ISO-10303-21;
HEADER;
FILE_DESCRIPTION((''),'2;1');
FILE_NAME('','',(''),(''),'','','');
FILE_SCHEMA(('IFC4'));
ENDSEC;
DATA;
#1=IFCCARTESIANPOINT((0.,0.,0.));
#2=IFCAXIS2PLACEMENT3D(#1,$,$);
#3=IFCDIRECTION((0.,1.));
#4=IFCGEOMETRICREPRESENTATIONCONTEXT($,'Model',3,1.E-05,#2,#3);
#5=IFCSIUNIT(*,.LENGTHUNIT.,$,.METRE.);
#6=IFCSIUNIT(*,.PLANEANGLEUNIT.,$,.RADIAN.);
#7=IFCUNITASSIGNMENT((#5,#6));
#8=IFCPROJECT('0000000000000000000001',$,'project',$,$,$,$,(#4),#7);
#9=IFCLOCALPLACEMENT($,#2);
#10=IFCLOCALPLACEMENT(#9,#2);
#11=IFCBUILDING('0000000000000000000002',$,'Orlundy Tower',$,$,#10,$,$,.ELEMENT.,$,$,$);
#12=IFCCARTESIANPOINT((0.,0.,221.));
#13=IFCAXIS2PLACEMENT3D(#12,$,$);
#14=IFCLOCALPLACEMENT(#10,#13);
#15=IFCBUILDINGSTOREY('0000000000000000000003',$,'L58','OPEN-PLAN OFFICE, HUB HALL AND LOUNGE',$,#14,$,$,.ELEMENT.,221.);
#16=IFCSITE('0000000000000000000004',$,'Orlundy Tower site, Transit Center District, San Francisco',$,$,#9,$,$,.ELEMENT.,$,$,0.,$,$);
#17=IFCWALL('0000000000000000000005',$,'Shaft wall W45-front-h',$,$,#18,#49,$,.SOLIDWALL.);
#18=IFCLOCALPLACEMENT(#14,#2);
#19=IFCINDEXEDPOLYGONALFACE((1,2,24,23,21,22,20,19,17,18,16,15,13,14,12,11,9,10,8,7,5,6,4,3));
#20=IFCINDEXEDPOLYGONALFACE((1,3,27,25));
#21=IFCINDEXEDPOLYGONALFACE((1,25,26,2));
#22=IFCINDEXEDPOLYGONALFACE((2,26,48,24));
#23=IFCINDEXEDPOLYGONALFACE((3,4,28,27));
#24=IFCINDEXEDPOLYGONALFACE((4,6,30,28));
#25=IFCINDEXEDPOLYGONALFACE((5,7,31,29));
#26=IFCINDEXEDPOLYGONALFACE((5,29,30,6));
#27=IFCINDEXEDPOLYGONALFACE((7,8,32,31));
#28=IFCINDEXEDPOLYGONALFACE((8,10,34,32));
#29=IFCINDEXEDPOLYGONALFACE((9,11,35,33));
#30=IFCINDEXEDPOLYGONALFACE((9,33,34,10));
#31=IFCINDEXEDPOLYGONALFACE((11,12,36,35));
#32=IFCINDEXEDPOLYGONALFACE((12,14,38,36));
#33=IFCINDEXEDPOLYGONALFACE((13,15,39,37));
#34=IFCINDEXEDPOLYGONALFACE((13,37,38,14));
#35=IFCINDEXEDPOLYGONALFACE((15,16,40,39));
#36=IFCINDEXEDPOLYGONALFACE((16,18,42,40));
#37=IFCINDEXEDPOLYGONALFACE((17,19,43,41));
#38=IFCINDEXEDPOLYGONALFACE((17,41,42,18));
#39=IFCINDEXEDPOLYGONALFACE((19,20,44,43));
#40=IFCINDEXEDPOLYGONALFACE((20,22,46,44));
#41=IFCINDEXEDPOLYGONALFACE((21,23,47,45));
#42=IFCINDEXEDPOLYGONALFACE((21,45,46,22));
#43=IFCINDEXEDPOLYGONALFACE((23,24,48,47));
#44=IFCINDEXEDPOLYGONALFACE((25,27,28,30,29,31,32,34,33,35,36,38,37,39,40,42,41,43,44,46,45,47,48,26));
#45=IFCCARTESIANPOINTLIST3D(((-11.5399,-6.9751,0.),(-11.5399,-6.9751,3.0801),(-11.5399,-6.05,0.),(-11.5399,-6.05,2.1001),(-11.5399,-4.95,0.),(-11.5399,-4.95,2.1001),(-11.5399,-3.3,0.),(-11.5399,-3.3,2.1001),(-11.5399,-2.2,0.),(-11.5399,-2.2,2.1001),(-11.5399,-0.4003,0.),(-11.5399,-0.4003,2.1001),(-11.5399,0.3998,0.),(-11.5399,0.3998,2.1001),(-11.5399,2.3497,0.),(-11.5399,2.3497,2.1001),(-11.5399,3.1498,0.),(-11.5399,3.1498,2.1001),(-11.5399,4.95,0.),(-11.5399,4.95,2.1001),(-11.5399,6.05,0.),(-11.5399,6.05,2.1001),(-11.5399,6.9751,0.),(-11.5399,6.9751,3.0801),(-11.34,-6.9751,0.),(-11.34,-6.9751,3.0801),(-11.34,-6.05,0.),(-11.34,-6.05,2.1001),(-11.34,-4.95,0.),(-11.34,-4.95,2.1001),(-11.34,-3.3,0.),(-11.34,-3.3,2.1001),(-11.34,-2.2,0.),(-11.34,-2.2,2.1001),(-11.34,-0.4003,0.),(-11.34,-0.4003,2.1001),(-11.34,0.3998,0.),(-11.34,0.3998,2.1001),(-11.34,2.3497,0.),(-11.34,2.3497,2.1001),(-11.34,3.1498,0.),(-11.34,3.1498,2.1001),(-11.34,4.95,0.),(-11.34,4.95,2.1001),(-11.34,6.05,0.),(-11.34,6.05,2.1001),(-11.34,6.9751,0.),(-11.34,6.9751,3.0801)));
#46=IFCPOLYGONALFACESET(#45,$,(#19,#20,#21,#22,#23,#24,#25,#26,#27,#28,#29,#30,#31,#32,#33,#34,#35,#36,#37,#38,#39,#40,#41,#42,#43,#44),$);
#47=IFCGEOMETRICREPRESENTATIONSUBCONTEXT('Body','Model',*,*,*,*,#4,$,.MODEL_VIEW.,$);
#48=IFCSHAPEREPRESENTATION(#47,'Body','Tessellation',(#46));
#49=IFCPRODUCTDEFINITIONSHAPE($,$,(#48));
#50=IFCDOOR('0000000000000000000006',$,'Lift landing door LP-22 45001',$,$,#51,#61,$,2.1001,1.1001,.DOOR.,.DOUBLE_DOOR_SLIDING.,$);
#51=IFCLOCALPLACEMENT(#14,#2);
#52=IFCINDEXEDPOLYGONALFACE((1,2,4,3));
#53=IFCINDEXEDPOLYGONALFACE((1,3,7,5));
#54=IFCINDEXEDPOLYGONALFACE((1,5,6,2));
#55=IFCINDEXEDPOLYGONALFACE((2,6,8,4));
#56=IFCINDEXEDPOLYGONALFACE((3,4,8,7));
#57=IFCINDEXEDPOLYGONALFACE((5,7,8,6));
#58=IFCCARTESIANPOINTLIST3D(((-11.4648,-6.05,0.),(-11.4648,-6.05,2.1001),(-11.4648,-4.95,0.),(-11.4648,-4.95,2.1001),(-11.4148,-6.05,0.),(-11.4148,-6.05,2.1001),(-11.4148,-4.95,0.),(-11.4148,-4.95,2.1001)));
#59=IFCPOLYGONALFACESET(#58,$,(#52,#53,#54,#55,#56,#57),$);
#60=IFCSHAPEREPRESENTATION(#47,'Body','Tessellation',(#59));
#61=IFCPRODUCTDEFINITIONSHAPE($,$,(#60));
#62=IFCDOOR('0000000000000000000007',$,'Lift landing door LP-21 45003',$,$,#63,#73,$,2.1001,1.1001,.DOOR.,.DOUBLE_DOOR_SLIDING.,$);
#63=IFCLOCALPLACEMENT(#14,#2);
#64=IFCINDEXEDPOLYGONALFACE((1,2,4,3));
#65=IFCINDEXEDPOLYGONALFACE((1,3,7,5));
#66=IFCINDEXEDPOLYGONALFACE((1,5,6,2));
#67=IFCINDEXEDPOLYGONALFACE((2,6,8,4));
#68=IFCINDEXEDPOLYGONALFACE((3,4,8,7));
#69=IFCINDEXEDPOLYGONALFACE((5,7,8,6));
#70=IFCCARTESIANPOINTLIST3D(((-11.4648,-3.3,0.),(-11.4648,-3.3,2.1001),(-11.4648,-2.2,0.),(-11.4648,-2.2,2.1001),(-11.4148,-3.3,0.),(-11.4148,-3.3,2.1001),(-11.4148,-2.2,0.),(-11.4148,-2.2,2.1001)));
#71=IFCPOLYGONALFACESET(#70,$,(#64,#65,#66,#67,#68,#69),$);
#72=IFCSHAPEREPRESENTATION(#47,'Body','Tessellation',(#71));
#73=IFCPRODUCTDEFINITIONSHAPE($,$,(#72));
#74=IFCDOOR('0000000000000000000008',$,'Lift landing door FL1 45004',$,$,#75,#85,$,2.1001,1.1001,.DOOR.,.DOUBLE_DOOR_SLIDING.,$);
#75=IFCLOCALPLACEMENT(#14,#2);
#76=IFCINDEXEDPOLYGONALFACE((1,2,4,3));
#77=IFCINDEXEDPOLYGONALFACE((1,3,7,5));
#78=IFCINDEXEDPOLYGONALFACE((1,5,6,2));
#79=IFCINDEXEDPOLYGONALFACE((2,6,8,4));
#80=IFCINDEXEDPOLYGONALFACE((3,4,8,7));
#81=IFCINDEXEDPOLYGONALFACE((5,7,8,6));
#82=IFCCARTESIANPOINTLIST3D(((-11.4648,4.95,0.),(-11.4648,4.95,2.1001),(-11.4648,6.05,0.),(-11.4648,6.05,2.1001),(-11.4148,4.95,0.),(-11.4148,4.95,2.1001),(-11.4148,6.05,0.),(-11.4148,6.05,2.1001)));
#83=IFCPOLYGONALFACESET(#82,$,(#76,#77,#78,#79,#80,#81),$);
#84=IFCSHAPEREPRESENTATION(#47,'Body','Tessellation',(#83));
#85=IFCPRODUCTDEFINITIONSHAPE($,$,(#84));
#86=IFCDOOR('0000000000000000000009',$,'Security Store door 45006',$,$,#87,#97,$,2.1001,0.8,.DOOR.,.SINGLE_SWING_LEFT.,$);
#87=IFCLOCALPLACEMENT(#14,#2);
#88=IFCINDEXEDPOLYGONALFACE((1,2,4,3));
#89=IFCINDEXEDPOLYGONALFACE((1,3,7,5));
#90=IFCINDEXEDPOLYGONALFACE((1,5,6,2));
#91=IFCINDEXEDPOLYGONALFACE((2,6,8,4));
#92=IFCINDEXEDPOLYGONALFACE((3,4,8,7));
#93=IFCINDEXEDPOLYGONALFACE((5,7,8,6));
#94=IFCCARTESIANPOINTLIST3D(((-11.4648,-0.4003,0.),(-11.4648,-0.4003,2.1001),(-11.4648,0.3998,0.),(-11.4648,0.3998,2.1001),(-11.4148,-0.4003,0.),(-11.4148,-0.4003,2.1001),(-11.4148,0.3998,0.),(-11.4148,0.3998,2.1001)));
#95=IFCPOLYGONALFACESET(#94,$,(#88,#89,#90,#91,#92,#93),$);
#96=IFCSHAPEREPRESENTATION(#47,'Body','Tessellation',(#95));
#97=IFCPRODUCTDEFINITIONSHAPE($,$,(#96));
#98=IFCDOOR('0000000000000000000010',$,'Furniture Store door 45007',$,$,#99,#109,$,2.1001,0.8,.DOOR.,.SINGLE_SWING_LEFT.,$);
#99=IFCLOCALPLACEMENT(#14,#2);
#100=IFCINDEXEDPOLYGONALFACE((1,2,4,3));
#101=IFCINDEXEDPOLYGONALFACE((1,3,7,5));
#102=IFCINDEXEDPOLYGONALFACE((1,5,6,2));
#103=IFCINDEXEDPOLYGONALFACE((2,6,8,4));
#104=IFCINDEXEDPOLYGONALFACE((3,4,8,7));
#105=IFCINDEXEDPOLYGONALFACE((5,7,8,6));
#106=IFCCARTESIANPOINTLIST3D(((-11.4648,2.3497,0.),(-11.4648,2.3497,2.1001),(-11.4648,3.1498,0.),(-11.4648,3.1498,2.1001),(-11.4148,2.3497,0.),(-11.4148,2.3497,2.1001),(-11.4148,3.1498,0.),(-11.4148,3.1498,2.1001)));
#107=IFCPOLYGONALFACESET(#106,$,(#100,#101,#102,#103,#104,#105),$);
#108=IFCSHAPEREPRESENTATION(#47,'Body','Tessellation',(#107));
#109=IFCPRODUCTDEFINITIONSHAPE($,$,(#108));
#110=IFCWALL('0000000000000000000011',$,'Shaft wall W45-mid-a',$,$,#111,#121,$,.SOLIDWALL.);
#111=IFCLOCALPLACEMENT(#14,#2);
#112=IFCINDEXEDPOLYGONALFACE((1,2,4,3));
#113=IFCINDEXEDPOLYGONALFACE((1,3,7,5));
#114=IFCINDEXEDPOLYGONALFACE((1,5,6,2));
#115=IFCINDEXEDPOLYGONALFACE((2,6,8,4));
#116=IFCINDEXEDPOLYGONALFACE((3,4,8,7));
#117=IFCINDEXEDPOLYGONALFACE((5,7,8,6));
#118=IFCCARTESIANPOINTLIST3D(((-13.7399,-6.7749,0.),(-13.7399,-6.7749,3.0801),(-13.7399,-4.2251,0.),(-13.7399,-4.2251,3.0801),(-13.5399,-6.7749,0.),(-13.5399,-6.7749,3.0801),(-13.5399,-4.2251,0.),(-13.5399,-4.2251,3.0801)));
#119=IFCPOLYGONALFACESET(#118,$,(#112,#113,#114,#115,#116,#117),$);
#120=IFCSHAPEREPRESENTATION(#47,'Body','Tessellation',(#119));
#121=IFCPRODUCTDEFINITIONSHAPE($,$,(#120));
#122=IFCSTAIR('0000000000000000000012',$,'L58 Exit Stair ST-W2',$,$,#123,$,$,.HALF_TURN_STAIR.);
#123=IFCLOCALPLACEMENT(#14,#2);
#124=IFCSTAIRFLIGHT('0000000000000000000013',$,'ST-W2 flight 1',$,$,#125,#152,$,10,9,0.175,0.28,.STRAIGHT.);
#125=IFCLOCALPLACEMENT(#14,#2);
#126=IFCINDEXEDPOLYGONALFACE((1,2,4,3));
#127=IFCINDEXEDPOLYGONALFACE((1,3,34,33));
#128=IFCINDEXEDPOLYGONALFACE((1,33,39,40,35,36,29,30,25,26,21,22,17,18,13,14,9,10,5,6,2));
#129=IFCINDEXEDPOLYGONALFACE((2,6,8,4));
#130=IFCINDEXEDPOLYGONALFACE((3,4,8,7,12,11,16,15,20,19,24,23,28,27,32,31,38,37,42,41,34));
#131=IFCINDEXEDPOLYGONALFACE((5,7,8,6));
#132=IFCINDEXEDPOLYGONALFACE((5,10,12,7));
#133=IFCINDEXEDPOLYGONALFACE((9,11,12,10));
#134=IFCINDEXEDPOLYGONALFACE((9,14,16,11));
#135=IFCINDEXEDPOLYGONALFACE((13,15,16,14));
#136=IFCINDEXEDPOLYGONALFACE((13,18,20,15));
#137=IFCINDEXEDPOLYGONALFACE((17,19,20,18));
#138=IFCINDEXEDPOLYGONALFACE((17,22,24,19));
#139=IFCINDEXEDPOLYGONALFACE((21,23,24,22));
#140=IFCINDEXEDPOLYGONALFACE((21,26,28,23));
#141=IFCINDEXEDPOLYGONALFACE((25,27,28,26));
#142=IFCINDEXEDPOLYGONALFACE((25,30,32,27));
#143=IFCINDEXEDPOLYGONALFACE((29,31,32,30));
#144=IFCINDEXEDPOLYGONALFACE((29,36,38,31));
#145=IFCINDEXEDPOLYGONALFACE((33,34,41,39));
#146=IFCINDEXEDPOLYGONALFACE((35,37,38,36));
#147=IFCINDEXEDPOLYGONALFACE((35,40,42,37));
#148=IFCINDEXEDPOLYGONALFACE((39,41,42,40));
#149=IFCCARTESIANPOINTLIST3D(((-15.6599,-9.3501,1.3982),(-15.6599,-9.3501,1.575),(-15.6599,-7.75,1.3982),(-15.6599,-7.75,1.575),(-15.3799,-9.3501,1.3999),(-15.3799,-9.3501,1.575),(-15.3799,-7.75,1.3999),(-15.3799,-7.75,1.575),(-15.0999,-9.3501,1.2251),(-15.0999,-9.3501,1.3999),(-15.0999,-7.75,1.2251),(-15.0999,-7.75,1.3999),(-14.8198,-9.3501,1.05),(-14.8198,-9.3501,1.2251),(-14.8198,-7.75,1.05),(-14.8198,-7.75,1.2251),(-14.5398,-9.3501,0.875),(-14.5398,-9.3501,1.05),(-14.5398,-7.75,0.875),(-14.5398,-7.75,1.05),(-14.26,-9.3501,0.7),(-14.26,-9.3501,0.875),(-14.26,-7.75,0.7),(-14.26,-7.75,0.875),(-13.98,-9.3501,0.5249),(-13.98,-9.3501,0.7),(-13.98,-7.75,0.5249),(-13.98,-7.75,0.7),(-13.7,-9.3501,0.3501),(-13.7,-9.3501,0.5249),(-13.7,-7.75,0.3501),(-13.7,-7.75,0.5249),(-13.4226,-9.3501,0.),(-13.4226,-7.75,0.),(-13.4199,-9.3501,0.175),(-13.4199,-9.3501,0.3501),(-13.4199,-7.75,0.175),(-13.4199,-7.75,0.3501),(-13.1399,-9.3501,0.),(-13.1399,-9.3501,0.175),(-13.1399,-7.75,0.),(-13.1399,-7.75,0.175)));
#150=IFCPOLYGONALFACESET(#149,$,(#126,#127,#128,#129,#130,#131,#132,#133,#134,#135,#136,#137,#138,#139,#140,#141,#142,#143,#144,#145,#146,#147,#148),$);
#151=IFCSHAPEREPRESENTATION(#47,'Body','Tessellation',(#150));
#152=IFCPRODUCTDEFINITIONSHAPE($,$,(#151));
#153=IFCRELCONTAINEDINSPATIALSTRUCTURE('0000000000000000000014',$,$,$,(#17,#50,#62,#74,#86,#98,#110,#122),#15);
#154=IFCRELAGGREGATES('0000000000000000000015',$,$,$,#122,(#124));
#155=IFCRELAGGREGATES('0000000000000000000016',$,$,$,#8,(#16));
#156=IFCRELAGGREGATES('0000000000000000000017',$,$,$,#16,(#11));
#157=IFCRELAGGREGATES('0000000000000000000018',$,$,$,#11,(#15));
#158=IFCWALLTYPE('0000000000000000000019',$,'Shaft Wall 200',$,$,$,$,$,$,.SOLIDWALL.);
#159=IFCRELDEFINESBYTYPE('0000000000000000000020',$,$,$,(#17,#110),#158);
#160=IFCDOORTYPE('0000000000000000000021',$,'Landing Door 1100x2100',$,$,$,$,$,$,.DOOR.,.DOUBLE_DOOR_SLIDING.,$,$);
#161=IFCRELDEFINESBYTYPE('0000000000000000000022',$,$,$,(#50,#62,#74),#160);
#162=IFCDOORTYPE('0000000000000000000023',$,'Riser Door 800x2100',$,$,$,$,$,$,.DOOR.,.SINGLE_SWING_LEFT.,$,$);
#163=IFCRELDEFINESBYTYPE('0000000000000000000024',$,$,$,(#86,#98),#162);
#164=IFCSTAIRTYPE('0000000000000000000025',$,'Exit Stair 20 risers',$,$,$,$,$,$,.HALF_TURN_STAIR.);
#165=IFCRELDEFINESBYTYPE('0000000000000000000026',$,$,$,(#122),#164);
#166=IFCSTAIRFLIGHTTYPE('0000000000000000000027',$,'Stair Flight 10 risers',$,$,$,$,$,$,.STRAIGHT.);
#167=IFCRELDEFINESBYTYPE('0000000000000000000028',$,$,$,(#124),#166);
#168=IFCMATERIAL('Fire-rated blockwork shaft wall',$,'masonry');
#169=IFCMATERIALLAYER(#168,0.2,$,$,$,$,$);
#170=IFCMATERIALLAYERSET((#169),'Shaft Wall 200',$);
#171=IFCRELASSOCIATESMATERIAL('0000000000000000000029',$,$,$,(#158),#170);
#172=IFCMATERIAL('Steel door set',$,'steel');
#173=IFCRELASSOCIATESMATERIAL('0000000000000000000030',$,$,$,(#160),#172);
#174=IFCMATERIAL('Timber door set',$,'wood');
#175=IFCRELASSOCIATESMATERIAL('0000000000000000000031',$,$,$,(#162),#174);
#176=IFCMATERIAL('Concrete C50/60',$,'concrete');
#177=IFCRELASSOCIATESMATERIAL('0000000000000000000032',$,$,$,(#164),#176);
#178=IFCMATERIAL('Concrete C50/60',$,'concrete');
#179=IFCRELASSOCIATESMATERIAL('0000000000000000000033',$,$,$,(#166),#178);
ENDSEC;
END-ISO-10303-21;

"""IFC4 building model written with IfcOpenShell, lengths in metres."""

from ifc_helpers import new_model, si_unit, direction, frame, frame_2d, origin, place, context, subcontext, project, spatial, polyline, rectangle, outline, extrude, material, layer, layer_set, type_object, element, fill, aggregate, save


model = new_model("IFC4")

# Units and contexts
model_context = context("Model", 3, precision=1e-05, world=origin(), true_north=direction((0.0, 1.0)))
body_context = subcontext(model_context, "Body", "Model", "MODEL_VIEW")
ifc_project = project(units=[si_unit("LENGTHUNIT", "METRE"), si_unit("PLANEANGLEUNIT", "RADIAN")], contexts=[model_context])

# Site, building, storey
site_placement = place(None, origin())
site = spatial("IfcSite", under=ifc_project, at=site_placement, Name="Orlundy Tower site, Transit Center District, San Francisco", CompositionType="ELEMENT", RefElevation=0.0)
building_placement = place(site_placement, origin())
building = spatial("IfcBuilding", under=site, at=building_placement, Name="Orlundy Tower", CompositionType="ELEMENT")
storey_placement = place(building_placement, frame((0.0, 0.0, 221.0)))
storey = spatial("IfcBuildingStorey", under=building, at=storey_placement, Name="L58", Description="OPEN-PLAN OFFICE, HUB HALL AND LOUNGE", CompositionType="ELEMENT", Elevation=221.0)

# Shared definitions
ifc_material_1 = material(Name="Fire-rated blockwork shaft wall", Category="masonry")
ifc_layer_1 = layer(ifc_material_1, 0.2)
ifc_layer_set_1 = layer_set([ifc_layer_1], Name="Shaft Wall 200")
wall_type_1 = type_object("IfcWallType", Name="Shaft Wall 200", PredefinedType="SOLIDWALL", material=ifc_layer_set_1)

# Wall, openings, doors
wall_1_placement = place(storey_placement, frame((-11.4399, -6.9751, 0.0), z_axis=(0.0, 0.0, 1.0), x_axis=(0.0, 1.0, 0.0)))
wall_1 = element("IfcWall", 1, at=wall_1_placement, inside=storey, type_object=wall_type_1, Name="Shaft wall W45-front-h", PredefinedType="SOLIDWALL", context=body_context, shape_type="SweptSolid", body=[
    extrude(rectangle(XDim=13.9502, YDim=0.2, at=frame_2d((6.9751, 0.0))), origin(), (0.0, 0.0, 1.0), 3.0801),
])
opening_1_placement = place(wall_1_placement, frame((0.925, 0.0, 0.0)))
opening_1 = element("IfcOpeningElement", 2, at=opening_1_placement, cuts=wall_1, PredefinedType="OPENING", context=body_context, shape_type="SweptSolid", body=[
    extrude(rectangle(XDim=1.1001, YDim=2.1001, at=frame_2d((0.55, 1.05))), frame((0.0, 0.1101, 0.0), z_axis=(0.0, -1.0, 0.0), x_axis=(1.0, 0.0, 0.0)), (0.0, 0.0, 1.0), 0.2202),
])
opening_2_placement = place(wall_1_placement, frame((3.675, 0.0, 0.0)))
opening_2 = element("IfcOpeningElement", 3, at=opening_2_placement, cuts=wall_1, PredefinedType="OPENING", context=body_context, shape_type="SweptSolid", body=[
    extrude(rectangle(XDim=1.1001, YDim=2.1001, at=frame_2d((0.55, 1.05))), frame((0.0, 0.1101, 0.0), z_axis=(0.0, -1.0, 0.0), x_axis=(1.0, 0.0, 0.0)), (0.0, 0.0, 1.0), 0.2202),
])
opening_3_placement = place(wall_1_placement, frame((11.925, 0.0, 0.0)))
opening_3 = element("IfcOpeningElement", 4, at=opening_3_placement, cuts=wall_1, PredefinedType="OPENING", context=body_context, shape_type="SweptSolid", body=[
    extrude(rectangle(XDim=1.1001, YDim=2.1001, at=frame_2d((0.55, 1.05))), frame((0.0, 0.1101, 0.0), z_axis=(0.0, -1.0, 0.0), x_axis=(1.0, 0.0, 0.0)), (0.0, 0.0, 1.0), 0.2202),
])
opening_4_placement = place(wall_1_placement, frame((6.575, 0.0, 0.0)))
opening_4 = element("IfcOpeningElement", 5, at=opening_4_placement, cuts=wall_1, PredefinedType="OPENING", context=body_context, shape_type="SweptSolid", body=[
    extrude(rectangle(XDim=0.8, YDim=2.1001, at=frame_2d((0.3999, 1.05))), frame((0.0, 0.1101, 0.0), z_axis=(0.0, -1.0, 0.0), x_axis=(1.0, 0.0, 0.0)), (0.0, 0.0, 1.0), 0.2202),
])
opening_5_placement = place(wall_1_placement, frame((9.325, 0.0, 0.0)))
opening_5 = element("IfcOpeningElement", 6, at=opening_5_placement, cuts=wall_1, PredefinedType="OPENING", context=body_context, shape_type="SweptSolid", body=[
    extrude(rectangle(XDim=0.8, YDim=2.1001, at=frame_2d((0.3999, 1.05))), frame((0.0, 0.1101, 0.0), z_axis=(0.0, -1.0, 0.0), x_axis=(1.0, 0.0, 0.0)), (0.0, 0.0, 1.0), 0.2202),
])
ifc_material_2 = material(Name="Steel door set", Category="steel")
door_type_1 = type_object("IfcDoorType", Name="Landing Door 1100x2100", OperationType="DOUBLE_DOOR_SLIDING", PredefinedType="DOOR", material=ifc_material_2)
door_1_placement = place(opening_1_placement, origin())
door_1 = element("IfcDoor", 7, at=door_1_placement, inside=storey, type_object=door_type_1, Name="Lift landing door LP-22 45001", OperationType="DOUBLE_DOOR_SLIDING", OverallHeight=2.1001, OverallWidth=1.1001, PredefinedType="DOOR", context=body_context, shape_type="SweptSolid", body=[
    extrude(rectangle(XDim=1.1001, YDim=2.1001, at=frame_2d((0.55, 1.05))), frame((0.0, 0.0249, 0.0), z_axis=(0.0, -1.0, 0.0), x_axis=(1.0, 0.0, 0.0)), (0.0, 0.0, 1.0), 0.05),
])
fill(opening_1, door_1)
door_2_placement = place(opening_2_placement, origin())
door_2 = element("IfcDoor", 8, at=door_2_placement, inside=storey, type_object=door_type_1, Name="Lift landing door LP-21 45003", OperationType="DOUBLE_DOOR_SLIDING", OverallHeight=2.1001, OverallWidth=1.1001, PredefinedType="DOOR", context=body_context, shape_type="SweptSolid", body=[
    extrude(rectangle(XDim=1.1001, YDim=2.1001, at=frame_2d((0.55, 1.05))), frame((0.0, 0.0249, 0.0), z_axis=(0.0, -1.0, 0.0), x_axis=(1.0, 0.0, 0.0)), (0.0, 0.0, 1.0), 0.05),
])
fill(opening_2, door_2)
door_3_placement = place(opening_3_placement, origin())
door_3 = element("IfcDoor", 9, at=door_3_placement, inside=storey, type_object=door_type_1, Name="Lift landing door FL1 45004", OperationType="DOUBLE_DOOR_SLIDING", OverallHeight=2.1001, OverallWidth=1.1001, PredefinedType="DOOR", context=body_context, shape_type="SweptSolid", body=[
    extrude(rectangle(XDim=1.1001, YDim=2.1001, at=frame_2d((0.55, 1.05))), frame((0.0, 0.0249, 0.0), z_axis=(0.0, -1.0, 0.0), x_axis=(1.0, 0.0, 0.0)), (0.0, 0.0, 1.0), 0.05),
])
fill(opening_3, door_3)
ifc_material_3 = material(Name="Timber door set", Category="wood")
door_type_2 = type_object("IfcDoorType", Name="Riser Door 800x2100", OperationType="SINGLE_SWING_LEFT", PredefinedType="DOOR", material=ifc_material_3)
door_4_placement = place(opening_4_placement, origin())
door_4 = element("IfcDoor", 10, at=door_4_placement, inside=storey, type_object=door_type_2, Name="Security Store door 45006", OperationType="SINGLE_SWING_LEFT", OverallHeight=2.1001, OverallWidth=0.8, PredefinedType="DOOR", context=body_context, shape_type="SweptSolid", body=[
    extrude(rectangle(XDim=0.8, YDim=2.1001, at=frame_2d((0.3999, 1.05))), frame((0.0, 0.0249, 0.0), z_axis=(0.0, -1.0, 0.0), x_axis=(1.0, 0.0, 0.0)), (0.0, 0.0, 1.0), 0.05),
])
fill(opening_4, door_4)
door_5_placement = place(opening_5_placement, origin())
door_5 = element("IfcDoor", 11, at=door_5_placement, inside=storey, type_object=door_type_2, Name="Furniture Store door 45007", OperationType="SINGLE_SWING_LEFT", OverallHeight=2.1001, OverallWidth=0.8, PredefinedType="DOOR", context=body_context, shape_type="SweptSolid", body=[
    extrude(rectangle(XDim=0.8, YDim=2.1001, at=frame_2d((0.3999, 1.05))), frame((0.0, 0.0249, 0.0), z_axis=(0.0, -1.0, 0.0), x_axis=(1.0, 0.0, 0.0)), (0.0, 0.0, 1.0), 0.05),
])
fill(opening_5, door_5)

# Wall
wall_2_placement = place(storey_placement, frame((-13.6399, -6.7749, 0.0), z_axis=(0.0, 0.0, 1.0), x_axis=(0.0, 1.0, 0.0)))
element("IfcWall", 12, at=wall_2_placement, inside=storey, type_object=wall_type_1, Name="Shaft wall W45-mid-a", PredefinedType="SOLIDWALL", context=body_context, shape_type="SweptSolid", body=[
    extrude(rectangle(XDim=2.5498, YDim=0.2, at=frame_2d((1.2749, 0.0))), origin(), (0.0, 0.0, 1.0), 3.0801),
])

# Stair, stair flight
ifc_material_4 = material(Name="Concrete C50/60", Category="concrete")
stair_type = type_object("IfcStairType", Name="Exit Stair 20 risers", PredefinedType="HALF_TURN_STAIR", material=ifc_material_4)
stair_placement = place(storey_placement, origin())
stair = element("IfcStair", 13, at=stair_placement, inside=storey, type_object=stair_type, Name="L58 Exit Stair ST-W2", PredefinedType="HALF_TURN_STAIR")
ifc_material_5 = material(Name="Concrete C50/60", Category="concrete")
stair_flight_type = type_object("IfcStairFlightType", Name="Stair Flight 10 risers", PredefinedType="STRAIGHT", material=ifc_material_5)
stair_flight_1_placement = place(storey_placement, frame((-13.1399, -8.55, 0.0), z_axis=(0.0, 0.0, 1.0), x_axis=(-1.0, 0.0, 0.0)))
stair_flight_1 = element("IfcStairFlight", 14, at=stair_flight_1_placement, type_object=stair_flight_type, Name="ST-W2 flight 1", NumberOfRisers=10, NumberOfTreads=9, PredefinedType="STRAIGHT", RiserHeight=0.175, TreadLength=0.28, context=body_context, shape_type="SweptSolid", body=[
    extrude(outline(polyline([(0.0, 0.0), (0.0, 0.175), (0.28, 0.175), (0.28, 0.3501), (0.5601, 0.3501), (0.5601, 0.5249), (0.8401, 0.5249), (0.8401, 0.7), (1.1201, 0.7), (1.1201, 0.875), (1.3999, 0.875), (1.3999, 1.05), (1.6799, 1.05), (1.6799, 1.2251), (1.96, 1.2251), (1.96, 1.3999), (2.24, 1.3999), (2.24, 1.575), (2.52, 1.575), (2.52, 1.75), (2.52, 1.3982), (0.2827, 0.0), (0.0, 0.0)])), frame((0.0, 0.8, 0.0), z_axis=(0.0, -1.0, 0.0), x_axis=(1.0, 0.0, 0.0)), (0.0, 0.0, 1.0), 1.6001),
])
aggregate(stair, [stair_flight_1])

save(model, "model.ifc")
